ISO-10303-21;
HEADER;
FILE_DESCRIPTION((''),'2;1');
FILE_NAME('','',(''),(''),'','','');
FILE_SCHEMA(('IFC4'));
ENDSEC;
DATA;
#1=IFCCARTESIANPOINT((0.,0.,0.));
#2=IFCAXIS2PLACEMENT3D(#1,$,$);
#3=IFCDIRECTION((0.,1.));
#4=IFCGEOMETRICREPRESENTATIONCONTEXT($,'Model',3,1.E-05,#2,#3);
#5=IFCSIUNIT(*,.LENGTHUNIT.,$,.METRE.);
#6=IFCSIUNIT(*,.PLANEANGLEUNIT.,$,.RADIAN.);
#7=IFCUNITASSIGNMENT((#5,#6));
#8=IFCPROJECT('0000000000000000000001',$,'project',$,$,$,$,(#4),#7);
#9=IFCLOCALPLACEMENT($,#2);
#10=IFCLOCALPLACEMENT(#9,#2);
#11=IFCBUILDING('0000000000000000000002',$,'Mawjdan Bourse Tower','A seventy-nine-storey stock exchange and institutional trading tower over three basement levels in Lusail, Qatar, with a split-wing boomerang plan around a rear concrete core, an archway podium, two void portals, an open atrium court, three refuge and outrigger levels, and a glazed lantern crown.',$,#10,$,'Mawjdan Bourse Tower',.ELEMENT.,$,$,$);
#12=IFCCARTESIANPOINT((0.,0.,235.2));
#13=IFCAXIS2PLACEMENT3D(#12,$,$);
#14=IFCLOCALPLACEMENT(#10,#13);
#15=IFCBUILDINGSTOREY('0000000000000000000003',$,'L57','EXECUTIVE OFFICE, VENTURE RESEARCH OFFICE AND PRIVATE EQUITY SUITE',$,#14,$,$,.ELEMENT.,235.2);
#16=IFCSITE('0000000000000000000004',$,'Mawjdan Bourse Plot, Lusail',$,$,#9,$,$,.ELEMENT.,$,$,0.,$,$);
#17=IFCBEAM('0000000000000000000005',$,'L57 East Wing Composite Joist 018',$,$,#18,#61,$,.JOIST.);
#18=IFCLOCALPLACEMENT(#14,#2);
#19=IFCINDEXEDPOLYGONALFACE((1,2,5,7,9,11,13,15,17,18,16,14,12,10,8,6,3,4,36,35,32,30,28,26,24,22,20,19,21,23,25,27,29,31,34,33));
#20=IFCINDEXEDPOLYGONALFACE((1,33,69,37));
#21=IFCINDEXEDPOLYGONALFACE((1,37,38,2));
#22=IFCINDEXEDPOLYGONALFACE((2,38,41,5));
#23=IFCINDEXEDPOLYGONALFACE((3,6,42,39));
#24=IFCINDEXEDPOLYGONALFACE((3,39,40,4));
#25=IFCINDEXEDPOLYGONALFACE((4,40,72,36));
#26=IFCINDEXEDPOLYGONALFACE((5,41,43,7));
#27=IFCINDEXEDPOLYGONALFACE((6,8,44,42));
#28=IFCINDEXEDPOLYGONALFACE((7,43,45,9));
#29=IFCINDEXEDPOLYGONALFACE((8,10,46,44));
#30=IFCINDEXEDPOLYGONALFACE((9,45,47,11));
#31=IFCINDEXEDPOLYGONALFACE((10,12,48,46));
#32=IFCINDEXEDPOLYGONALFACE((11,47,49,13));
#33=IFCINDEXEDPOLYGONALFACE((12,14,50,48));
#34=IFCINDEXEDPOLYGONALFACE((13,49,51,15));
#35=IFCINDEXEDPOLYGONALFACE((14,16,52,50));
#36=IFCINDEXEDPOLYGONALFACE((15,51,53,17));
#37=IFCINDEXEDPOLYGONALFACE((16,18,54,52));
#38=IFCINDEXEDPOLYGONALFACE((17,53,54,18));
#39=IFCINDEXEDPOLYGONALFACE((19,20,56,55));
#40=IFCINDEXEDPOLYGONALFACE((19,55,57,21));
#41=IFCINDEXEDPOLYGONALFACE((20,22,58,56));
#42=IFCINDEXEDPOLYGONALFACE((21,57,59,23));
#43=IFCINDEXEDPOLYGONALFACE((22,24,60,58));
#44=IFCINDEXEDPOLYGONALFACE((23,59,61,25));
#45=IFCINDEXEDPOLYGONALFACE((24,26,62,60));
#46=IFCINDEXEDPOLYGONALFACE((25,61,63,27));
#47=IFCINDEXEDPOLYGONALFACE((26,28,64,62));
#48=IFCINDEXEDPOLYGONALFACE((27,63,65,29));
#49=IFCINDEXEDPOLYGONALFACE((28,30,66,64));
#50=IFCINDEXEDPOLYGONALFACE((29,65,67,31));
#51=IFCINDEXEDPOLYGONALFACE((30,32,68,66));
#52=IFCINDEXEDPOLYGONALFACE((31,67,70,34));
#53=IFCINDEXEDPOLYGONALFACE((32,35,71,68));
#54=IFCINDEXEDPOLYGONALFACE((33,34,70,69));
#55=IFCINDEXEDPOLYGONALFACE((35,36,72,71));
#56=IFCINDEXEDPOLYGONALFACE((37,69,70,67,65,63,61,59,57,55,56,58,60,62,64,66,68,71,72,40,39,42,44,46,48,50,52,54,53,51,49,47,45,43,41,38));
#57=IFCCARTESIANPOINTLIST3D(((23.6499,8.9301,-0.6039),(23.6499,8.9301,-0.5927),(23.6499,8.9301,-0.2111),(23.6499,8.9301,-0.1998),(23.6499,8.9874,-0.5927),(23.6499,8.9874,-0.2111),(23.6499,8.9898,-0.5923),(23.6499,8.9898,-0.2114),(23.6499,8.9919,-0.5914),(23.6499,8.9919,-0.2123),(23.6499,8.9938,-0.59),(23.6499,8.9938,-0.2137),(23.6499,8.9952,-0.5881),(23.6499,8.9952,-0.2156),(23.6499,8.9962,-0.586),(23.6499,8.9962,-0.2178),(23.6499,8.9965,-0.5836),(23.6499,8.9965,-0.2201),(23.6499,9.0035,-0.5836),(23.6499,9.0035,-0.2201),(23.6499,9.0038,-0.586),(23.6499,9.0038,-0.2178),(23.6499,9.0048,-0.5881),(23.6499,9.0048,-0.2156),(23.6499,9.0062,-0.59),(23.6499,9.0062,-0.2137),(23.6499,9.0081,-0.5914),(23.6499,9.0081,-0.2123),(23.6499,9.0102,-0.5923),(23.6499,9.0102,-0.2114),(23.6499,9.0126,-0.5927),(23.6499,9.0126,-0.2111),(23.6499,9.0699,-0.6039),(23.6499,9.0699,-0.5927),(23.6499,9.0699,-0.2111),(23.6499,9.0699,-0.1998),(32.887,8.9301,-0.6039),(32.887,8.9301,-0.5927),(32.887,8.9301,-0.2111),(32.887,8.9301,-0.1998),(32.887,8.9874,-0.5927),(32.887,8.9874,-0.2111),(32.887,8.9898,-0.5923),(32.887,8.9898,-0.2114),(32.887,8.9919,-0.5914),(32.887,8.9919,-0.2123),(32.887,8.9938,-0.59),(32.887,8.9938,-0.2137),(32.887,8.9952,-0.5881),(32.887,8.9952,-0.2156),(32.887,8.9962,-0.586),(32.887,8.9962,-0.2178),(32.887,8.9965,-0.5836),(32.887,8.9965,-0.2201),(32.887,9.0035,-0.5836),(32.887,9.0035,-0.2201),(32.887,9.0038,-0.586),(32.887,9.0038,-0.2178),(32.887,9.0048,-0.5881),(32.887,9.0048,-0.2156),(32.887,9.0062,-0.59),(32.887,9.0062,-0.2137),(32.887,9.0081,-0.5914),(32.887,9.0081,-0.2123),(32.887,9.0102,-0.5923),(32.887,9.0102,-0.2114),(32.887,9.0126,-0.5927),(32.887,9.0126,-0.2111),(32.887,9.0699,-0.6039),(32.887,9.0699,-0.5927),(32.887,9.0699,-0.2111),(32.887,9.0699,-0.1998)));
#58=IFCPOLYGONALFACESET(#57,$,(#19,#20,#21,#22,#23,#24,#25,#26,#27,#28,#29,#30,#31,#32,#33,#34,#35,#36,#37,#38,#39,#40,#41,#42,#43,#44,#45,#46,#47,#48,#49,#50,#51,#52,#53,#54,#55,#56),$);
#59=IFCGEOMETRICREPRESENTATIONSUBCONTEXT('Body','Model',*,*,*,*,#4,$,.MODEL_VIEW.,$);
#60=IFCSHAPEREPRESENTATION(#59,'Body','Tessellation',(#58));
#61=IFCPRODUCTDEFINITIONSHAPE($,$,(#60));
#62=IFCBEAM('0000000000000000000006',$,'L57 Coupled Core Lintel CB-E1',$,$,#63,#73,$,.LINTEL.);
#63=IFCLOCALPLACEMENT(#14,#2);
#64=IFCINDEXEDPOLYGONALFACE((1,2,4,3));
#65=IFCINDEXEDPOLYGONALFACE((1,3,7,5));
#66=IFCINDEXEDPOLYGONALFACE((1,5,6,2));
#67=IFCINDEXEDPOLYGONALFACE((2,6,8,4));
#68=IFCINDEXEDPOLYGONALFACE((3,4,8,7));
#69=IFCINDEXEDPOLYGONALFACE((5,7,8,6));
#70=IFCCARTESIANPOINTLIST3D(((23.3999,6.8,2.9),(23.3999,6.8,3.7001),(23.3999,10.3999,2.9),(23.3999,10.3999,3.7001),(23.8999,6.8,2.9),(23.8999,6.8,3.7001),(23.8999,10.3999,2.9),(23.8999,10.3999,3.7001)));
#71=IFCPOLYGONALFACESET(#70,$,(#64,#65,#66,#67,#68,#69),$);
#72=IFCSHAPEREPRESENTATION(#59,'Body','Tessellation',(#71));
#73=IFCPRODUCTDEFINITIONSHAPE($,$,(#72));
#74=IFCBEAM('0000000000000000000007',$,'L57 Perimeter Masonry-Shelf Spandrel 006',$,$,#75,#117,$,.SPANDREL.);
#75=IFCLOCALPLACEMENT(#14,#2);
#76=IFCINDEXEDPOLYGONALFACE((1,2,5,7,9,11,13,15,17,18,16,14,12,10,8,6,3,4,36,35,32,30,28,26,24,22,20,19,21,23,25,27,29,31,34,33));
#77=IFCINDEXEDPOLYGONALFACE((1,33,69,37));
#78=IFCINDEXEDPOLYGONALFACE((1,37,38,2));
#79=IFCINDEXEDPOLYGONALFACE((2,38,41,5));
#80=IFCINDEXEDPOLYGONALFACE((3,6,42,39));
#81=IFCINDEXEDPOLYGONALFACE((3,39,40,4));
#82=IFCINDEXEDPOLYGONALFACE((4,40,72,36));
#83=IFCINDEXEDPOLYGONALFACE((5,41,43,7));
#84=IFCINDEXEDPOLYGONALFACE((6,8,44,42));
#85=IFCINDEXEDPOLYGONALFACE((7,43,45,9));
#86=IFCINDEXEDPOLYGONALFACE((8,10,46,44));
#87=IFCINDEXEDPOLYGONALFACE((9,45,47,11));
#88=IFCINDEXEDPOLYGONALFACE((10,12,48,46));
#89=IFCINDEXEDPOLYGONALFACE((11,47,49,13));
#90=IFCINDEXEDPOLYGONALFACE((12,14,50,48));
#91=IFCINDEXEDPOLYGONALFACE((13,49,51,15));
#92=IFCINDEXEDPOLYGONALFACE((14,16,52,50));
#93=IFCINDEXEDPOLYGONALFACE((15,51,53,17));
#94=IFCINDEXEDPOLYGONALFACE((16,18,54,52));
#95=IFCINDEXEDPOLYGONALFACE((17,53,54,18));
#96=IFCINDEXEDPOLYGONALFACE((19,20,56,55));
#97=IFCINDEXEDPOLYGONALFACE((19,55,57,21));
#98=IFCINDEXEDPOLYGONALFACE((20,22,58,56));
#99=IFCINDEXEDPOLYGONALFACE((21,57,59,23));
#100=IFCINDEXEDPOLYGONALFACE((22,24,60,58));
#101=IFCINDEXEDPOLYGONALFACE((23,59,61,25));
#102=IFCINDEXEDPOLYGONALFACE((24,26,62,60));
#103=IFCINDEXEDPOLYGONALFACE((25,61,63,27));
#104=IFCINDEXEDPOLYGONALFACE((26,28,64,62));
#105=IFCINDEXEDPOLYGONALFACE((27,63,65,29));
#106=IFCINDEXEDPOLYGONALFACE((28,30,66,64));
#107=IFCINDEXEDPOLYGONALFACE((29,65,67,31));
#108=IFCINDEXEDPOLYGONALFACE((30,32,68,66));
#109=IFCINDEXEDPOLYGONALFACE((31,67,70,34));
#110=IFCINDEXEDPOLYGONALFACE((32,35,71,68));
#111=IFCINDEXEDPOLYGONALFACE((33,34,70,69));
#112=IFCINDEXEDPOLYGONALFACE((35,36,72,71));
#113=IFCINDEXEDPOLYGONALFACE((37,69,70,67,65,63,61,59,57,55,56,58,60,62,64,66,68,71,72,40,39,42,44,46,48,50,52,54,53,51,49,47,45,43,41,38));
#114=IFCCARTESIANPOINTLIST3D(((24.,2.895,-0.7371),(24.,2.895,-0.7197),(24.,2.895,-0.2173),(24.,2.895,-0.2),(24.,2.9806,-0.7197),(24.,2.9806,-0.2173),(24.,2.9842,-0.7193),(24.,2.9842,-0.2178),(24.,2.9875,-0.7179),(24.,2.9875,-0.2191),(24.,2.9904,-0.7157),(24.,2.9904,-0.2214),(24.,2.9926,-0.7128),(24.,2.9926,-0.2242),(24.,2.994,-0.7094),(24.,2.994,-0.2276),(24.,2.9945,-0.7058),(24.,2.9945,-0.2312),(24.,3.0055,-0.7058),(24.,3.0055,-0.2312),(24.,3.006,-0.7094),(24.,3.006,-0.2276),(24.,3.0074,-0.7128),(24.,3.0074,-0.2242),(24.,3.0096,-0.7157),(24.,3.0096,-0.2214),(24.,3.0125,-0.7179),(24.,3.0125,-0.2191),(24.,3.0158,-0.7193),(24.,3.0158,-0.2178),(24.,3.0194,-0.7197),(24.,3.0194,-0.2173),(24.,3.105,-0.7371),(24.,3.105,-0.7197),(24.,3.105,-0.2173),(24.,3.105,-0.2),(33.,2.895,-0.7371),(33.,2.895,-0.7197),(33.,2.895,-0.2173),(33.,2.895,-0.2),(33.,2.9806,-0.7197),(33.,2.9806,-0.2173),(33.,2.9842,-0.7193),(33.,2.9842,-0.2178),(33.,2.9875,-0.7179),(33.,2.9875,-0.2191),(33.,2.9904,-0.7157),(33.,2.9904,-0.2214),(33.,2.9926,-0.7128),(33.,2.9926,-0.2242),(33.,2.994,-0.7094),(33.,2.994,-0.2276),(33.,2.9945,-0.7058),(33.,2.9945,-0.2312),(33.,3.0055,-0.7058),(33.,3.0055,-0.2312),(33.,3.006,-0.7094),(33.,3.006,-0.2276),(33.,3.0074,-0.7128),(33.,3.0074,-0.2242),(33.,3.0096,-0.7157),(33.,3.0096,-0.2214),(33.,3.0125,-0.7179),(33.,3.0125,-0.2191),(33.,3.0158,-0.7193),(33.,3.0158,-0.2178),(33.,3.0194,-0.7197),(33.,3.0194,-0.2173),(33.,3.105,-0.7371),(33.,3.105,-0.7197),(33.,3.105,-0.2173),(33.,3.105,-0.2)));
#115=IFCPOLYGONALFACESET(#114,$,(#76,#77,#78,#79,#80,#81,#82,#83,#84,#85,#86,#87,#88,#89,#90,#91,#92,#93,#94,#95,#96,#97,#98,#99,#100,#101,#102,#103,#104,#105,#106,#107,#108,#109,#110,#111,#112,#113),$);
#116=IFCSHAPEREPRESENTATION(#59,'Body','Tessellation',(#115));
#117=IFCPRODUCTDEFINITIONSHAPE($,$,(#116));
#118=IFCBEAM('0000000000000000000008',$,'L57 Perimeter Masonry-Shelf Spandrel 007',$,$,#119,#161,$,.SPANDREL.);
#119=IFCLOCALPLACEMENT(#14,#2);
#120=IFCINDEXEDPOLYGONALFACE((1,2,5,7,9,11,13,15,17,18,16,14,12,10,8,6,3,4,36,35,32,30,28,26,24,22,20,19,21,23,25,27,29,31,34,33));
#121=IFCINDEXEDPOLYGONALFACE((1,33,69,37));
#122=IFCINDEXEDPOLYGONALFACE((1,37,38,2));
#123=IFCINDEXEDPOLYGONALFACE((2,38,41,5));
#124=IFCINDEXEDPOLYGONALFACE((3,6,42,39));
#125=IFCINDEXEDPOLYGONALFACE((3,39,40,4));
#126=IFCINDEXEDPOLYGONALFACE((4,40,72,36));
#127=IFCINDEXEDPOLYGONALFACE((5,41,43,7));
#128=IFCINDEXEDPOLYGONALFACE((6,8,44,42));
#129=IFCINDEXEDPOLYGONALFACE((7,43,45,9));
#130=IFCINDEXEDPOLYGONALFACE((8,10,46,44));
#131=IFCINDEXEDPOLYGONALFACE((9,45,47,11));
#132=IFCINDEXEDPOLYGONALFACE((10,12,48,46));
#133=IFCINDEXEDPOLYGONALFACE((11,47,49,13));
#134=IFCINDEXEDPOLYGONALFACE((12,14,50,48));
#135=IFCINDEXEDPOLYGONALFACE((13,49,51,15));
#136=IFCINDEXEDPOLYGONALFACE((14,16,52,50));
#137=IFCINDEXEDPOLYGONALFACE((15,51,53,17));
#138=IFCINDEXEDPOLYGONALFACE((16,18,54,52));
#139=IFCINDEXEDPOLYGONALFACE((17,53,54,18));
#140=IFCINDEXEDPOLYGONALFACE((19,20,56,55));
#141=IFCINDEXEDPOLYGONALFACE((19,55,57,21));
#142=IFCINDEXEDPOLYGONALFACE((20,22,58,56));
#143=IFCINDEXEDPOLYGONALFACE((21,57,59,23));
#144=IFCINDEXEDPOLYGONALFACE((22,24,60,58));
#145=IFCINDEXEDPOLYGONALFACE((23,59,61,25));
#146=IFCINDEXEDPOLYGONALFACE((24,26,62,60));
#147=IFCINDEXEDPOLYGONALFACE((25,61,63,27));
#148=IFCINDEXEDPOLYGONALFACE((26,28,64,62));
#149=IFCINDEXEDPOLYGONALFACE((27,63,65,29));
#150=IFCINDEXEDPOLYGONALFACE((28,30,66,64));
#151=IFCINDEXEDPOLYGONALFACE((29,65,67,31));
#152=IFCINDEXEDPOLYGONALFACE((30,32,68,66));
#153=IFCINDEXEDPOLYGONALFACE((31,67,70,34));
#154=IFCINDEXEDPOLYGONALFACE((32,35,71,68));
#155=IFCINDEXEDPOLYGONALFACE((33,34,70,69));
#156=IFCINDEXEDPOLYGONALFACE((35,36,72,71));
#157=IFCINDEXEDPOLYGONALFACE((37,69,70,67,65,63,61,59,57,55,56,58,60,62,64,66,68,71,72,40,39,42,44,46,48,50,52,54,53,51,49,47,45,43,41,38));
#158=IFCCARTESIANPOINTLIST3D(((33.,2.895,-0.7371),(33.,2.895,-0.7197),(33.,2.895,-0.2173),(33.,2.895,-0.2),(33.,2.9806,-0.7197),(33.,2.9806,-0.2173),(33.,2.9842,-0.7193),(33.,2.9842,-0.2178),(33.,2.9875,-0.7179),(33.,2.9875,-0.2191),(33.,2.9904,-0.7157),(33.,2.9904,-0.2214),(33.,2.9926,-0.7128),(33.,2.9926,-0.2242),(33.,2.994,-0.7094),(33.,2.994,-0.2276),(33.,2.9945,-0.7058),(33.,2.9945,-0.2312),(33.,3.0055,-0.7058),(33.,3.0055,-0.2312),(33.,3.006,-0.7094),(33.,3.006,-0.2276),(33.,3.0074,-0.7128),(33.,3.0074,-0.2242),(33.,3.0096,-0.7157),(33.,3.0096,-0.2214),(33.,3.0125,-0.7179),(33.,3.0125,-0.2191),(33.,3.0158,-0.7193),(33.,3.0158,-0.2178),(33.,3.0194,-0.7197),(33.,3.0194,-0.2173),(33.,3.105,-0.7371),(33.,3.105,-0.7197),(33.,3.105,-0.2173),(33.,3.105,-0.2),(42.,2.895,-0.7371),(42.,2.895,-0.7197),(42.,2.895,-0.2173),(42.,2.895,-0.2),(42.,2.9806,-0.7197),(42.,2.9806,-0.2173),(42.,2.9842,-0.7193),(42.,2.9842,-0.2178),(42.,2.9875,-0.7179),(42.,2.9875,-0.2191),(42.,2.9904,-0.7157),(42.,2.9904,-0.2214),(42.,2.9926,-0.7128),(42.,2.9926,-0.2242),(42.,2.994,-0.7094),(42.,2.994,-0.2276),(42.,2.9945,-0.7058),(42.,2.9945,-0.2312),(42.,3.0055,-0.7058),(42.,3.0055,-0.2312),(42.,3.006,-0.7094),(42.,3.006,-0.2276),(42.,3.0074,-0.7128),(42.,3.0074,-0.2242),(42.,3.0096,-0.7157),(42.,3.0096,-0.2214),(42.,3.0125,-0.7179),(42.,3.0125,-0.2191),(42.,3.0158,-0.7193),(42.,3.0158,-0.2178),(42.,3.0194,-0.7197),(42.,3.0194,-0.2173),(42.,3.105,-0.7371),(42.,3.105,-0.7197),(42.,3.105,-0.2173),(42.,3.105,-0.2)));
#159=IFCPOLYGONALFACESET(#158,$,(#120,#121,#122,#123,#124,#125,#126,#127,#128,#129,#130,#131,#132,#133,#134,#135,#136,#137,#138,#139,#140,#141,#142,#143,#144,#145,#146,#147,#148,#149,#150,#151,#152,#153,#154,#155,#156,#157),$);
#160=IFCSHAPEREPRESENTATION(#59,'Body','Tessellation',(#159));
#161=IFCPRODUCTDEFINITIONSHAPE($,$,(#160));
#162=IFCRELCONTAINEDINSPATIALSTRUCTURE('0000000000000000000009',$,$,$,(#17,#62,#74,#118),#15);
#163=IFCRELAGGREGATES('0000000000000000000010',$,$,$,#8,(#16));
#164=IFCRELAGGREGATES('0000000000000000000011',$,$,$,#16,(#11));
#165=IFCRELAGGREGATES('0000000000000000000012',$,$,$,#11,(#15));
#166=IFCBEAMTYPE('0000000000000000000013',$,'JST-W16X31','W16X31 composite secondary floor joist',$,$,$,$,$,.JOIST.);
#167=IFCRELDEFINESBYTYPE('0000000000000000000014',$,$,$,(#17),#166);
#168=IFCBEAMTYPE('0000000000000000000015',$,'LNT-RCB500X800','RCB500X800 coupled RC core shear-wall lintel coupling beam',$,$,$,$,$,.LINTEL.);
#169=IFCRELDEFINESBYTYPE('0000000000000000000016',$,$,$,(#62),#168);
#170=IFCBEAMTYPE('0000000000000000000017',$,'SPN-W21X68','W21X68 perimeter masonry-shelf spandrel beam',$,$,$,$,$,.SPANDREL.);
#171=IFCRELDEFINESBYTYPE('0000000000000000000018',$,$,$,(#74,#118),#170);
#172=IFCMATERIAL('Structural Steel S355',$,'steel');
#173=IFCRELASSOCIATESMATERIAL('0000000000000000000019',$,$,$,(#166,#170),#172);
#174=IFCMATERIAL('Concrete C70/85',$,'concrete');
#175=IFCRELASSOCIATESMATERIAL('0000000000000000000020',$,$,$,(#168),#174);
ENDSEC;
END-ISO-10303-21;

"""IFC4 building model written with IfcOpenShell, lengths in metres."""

from ifc_helpers import new_model, si_unit, direction, frame, origin, origin_2d, place, context, subcontext, project, spatial, rectangle, i_section, extrude, material, material_profile, profile_set, type_object, element, save


model = new_model("IFC4")

# Units and contexts
model_context = context("Model", 3, precision=1e-05, world=origin(), true_north=direction((0.0, 1.0)))
body_context = subcontext(model_context, "Body", "Model", "MODEL_VIEW")
ifc_project = project(units=[si_unit("LENGTHUNIT", "METRE"), si_unit("PLANEANGLEUNIT", "RADIAN")], contexts=[model_context])

# Site, building, storey
site_placement = place(None, origin())
site = spatial("IfcSite", under=ifc_project, at=site_placement, Name="Mawjdan Bourse Plot, Lusail", CompositionType="ELEMENT", RefElevation=0.0)
building_placement = place(site_placement, origin())
building = spatial("IfcBuilding", under=site, at=building_placement, Name="Mawjdan Bourse Tower", Description="A seventy-nine-storey stock exchange and institutional trading tower over three basement levels in Lusail, Qatar, with a split-wing boomerang plan around a rear concrete core, an archway podium, two void portals, an open atrium court, three refuge and outrigger levels, and a glazed lantern crown.", LongName="Mawjdan Bourse Tower", CompositionType="ELEMENT")
storey_placement = place(building_placement, frame((0.0, 0.0, 235.2)))
storey = spatial("IfcBuildingStorey", under=building, at=storey_placement, Name="L57", Description="EXECUTIVE OFFICE, VENTURE RESEARCH OFFICE AND PRIVATE EQUITY SUITE", CompositionType="ELEMENT", Elevation=235.2)

# Beams
ifc_material_1 = material(Name="Structural Steel S355", Category="steel")
ifc_material_profile_1 = material_profile(ifc_material_1, i_section(OverallWidth=0.1399, OverallDepth=0.4041, WebThickness=0.0071, FlangeThickness=0.0112, FilletRadius=0.009, at=origin_2d()), Name="W16X31")
ifc_profile_set_1 = profile_set([ifc_material_profile_1], Name="Structural Steel S355")
beam_type_1 = type_object("IfcBeamType", Name="JST-W16X31", Description="W16X31 composite secondary floor joist", PredefinedType="JOIST", material=ifc_profile_set_1)
beam_1_placement = place(storey_placement, frame((23.6499, 9.0, -0.4019), z_axis=(1.0, 0.0, 0.0), x_axis=(0.0, 1.0, 0.0)))
element("IfcBeam", 1, at=beam_1_placement, inside=storey, type_object=beam_type_1, Name="L57 East Wing Composite Joist 018", PredefinedType="JOIST", context=body_context, shape_type="SweptSolid", body=[
    extrude(i_section(OverallWidth=0.1399, OverallDepth=0.4041, WebThickness=0.0071, FlangeThickness=0.0112, FilletRadius=0.009, at=origin_2d()), origin(), (0.0, 0.0, 1.0), 9.2371),
])
ifc_material_2 = material(Name="Concrete C70/85", Category="concrete")
ifc_material_profile_2 = material_profile(ifc_material_2, rectangle(XDim=0.5, YDim=0.8, at=origin_2d()), Name="RCB500X800")
ifc_profile_set_2 = profile_set([ifc_material_profile_2], Name="Concrete C70/85")
beam_type_2 = type_object("IfcBeamType", Name="LNT-RCB500X800", Description="RCB500X800 coupled RC core shear-wall lintel coupling beam", PredefinedType="LINTEL", material=ifc_profile_set_2)
beam_2_placement = place(storey_placement, frame((23.6499, 6.8, 3.3), z_axis=(0.0, 1.0, 0.0), x_axis=(-1.0, 0.0, 0.0)))
element("IfcBeam", 2, at=beam_2_placement, inside=storey, type_object=beam_type_2, Name="L57 Coupled Core Lintel CB-E1", PredefinedType="LINTEL", context=body_context, shape_type="SweptSolid", body=[
    extrude(rectangle(XDim=0.5, YDim=0.8, at=origin_2d()), origin(), (0.0, 0.0, 1.0), 3.5999),
])
ifc_material_profile_3 = material_profile(ifc_material_1, i_section(OverallWidth=0.21, OverallDepth=0.5371, WebThickness=0.011, FlangeThickness=0.0173, FilletRadius=0.0139, at=origin_2d()), Name="W21X68")
ifc_profile_set_3 = profile_set([ifc_material_profile_3], Name="Structural Steel S355")
beam_type_3 = type_object("IfcBeamType", Name="SPN-W21X68", Description="W21X68 perimeter masonry-shelf spandrel beam", PredefinedType="SPANDREL", material=ifc_profile_set_3)
for number, where, z_axis, x_axis, name in (
    (3, (24.0, 3.0, -0.4685), (1.0, 0.0, 0.0), (0.0, 1.0, 0.0), "L57 Perimeter Masonry-Shelf Spandrel 006"),
    (4, (33.0, 3.0, -0.4685), (1.0, 0.0, 0.0), (0.0, 1.0, 0.0), "L57 Perimeter Masonry-Shelf Spandrel 007"),
):
    element("IfcBeam", number, at=place(storey_placement, frame(where, z_axis=z_axis, x_axis=x_axis)), inside=storey, type_object=beam_type_3, Name=name, PredefinedType="SPANDREL", context=body_context, shape_type="SweptSolid", body=[
        extrude(i_section(OverallWidth=0.21, OverallDepth=0.5371, WebThickness=0.011, FlangeThickness=0.0173, FilletRadius=0.0139, at=origin_2d()), origin(), (0.0, 0.0, 1.0), 9.0),
    ])

save(model, "model.ifc")
